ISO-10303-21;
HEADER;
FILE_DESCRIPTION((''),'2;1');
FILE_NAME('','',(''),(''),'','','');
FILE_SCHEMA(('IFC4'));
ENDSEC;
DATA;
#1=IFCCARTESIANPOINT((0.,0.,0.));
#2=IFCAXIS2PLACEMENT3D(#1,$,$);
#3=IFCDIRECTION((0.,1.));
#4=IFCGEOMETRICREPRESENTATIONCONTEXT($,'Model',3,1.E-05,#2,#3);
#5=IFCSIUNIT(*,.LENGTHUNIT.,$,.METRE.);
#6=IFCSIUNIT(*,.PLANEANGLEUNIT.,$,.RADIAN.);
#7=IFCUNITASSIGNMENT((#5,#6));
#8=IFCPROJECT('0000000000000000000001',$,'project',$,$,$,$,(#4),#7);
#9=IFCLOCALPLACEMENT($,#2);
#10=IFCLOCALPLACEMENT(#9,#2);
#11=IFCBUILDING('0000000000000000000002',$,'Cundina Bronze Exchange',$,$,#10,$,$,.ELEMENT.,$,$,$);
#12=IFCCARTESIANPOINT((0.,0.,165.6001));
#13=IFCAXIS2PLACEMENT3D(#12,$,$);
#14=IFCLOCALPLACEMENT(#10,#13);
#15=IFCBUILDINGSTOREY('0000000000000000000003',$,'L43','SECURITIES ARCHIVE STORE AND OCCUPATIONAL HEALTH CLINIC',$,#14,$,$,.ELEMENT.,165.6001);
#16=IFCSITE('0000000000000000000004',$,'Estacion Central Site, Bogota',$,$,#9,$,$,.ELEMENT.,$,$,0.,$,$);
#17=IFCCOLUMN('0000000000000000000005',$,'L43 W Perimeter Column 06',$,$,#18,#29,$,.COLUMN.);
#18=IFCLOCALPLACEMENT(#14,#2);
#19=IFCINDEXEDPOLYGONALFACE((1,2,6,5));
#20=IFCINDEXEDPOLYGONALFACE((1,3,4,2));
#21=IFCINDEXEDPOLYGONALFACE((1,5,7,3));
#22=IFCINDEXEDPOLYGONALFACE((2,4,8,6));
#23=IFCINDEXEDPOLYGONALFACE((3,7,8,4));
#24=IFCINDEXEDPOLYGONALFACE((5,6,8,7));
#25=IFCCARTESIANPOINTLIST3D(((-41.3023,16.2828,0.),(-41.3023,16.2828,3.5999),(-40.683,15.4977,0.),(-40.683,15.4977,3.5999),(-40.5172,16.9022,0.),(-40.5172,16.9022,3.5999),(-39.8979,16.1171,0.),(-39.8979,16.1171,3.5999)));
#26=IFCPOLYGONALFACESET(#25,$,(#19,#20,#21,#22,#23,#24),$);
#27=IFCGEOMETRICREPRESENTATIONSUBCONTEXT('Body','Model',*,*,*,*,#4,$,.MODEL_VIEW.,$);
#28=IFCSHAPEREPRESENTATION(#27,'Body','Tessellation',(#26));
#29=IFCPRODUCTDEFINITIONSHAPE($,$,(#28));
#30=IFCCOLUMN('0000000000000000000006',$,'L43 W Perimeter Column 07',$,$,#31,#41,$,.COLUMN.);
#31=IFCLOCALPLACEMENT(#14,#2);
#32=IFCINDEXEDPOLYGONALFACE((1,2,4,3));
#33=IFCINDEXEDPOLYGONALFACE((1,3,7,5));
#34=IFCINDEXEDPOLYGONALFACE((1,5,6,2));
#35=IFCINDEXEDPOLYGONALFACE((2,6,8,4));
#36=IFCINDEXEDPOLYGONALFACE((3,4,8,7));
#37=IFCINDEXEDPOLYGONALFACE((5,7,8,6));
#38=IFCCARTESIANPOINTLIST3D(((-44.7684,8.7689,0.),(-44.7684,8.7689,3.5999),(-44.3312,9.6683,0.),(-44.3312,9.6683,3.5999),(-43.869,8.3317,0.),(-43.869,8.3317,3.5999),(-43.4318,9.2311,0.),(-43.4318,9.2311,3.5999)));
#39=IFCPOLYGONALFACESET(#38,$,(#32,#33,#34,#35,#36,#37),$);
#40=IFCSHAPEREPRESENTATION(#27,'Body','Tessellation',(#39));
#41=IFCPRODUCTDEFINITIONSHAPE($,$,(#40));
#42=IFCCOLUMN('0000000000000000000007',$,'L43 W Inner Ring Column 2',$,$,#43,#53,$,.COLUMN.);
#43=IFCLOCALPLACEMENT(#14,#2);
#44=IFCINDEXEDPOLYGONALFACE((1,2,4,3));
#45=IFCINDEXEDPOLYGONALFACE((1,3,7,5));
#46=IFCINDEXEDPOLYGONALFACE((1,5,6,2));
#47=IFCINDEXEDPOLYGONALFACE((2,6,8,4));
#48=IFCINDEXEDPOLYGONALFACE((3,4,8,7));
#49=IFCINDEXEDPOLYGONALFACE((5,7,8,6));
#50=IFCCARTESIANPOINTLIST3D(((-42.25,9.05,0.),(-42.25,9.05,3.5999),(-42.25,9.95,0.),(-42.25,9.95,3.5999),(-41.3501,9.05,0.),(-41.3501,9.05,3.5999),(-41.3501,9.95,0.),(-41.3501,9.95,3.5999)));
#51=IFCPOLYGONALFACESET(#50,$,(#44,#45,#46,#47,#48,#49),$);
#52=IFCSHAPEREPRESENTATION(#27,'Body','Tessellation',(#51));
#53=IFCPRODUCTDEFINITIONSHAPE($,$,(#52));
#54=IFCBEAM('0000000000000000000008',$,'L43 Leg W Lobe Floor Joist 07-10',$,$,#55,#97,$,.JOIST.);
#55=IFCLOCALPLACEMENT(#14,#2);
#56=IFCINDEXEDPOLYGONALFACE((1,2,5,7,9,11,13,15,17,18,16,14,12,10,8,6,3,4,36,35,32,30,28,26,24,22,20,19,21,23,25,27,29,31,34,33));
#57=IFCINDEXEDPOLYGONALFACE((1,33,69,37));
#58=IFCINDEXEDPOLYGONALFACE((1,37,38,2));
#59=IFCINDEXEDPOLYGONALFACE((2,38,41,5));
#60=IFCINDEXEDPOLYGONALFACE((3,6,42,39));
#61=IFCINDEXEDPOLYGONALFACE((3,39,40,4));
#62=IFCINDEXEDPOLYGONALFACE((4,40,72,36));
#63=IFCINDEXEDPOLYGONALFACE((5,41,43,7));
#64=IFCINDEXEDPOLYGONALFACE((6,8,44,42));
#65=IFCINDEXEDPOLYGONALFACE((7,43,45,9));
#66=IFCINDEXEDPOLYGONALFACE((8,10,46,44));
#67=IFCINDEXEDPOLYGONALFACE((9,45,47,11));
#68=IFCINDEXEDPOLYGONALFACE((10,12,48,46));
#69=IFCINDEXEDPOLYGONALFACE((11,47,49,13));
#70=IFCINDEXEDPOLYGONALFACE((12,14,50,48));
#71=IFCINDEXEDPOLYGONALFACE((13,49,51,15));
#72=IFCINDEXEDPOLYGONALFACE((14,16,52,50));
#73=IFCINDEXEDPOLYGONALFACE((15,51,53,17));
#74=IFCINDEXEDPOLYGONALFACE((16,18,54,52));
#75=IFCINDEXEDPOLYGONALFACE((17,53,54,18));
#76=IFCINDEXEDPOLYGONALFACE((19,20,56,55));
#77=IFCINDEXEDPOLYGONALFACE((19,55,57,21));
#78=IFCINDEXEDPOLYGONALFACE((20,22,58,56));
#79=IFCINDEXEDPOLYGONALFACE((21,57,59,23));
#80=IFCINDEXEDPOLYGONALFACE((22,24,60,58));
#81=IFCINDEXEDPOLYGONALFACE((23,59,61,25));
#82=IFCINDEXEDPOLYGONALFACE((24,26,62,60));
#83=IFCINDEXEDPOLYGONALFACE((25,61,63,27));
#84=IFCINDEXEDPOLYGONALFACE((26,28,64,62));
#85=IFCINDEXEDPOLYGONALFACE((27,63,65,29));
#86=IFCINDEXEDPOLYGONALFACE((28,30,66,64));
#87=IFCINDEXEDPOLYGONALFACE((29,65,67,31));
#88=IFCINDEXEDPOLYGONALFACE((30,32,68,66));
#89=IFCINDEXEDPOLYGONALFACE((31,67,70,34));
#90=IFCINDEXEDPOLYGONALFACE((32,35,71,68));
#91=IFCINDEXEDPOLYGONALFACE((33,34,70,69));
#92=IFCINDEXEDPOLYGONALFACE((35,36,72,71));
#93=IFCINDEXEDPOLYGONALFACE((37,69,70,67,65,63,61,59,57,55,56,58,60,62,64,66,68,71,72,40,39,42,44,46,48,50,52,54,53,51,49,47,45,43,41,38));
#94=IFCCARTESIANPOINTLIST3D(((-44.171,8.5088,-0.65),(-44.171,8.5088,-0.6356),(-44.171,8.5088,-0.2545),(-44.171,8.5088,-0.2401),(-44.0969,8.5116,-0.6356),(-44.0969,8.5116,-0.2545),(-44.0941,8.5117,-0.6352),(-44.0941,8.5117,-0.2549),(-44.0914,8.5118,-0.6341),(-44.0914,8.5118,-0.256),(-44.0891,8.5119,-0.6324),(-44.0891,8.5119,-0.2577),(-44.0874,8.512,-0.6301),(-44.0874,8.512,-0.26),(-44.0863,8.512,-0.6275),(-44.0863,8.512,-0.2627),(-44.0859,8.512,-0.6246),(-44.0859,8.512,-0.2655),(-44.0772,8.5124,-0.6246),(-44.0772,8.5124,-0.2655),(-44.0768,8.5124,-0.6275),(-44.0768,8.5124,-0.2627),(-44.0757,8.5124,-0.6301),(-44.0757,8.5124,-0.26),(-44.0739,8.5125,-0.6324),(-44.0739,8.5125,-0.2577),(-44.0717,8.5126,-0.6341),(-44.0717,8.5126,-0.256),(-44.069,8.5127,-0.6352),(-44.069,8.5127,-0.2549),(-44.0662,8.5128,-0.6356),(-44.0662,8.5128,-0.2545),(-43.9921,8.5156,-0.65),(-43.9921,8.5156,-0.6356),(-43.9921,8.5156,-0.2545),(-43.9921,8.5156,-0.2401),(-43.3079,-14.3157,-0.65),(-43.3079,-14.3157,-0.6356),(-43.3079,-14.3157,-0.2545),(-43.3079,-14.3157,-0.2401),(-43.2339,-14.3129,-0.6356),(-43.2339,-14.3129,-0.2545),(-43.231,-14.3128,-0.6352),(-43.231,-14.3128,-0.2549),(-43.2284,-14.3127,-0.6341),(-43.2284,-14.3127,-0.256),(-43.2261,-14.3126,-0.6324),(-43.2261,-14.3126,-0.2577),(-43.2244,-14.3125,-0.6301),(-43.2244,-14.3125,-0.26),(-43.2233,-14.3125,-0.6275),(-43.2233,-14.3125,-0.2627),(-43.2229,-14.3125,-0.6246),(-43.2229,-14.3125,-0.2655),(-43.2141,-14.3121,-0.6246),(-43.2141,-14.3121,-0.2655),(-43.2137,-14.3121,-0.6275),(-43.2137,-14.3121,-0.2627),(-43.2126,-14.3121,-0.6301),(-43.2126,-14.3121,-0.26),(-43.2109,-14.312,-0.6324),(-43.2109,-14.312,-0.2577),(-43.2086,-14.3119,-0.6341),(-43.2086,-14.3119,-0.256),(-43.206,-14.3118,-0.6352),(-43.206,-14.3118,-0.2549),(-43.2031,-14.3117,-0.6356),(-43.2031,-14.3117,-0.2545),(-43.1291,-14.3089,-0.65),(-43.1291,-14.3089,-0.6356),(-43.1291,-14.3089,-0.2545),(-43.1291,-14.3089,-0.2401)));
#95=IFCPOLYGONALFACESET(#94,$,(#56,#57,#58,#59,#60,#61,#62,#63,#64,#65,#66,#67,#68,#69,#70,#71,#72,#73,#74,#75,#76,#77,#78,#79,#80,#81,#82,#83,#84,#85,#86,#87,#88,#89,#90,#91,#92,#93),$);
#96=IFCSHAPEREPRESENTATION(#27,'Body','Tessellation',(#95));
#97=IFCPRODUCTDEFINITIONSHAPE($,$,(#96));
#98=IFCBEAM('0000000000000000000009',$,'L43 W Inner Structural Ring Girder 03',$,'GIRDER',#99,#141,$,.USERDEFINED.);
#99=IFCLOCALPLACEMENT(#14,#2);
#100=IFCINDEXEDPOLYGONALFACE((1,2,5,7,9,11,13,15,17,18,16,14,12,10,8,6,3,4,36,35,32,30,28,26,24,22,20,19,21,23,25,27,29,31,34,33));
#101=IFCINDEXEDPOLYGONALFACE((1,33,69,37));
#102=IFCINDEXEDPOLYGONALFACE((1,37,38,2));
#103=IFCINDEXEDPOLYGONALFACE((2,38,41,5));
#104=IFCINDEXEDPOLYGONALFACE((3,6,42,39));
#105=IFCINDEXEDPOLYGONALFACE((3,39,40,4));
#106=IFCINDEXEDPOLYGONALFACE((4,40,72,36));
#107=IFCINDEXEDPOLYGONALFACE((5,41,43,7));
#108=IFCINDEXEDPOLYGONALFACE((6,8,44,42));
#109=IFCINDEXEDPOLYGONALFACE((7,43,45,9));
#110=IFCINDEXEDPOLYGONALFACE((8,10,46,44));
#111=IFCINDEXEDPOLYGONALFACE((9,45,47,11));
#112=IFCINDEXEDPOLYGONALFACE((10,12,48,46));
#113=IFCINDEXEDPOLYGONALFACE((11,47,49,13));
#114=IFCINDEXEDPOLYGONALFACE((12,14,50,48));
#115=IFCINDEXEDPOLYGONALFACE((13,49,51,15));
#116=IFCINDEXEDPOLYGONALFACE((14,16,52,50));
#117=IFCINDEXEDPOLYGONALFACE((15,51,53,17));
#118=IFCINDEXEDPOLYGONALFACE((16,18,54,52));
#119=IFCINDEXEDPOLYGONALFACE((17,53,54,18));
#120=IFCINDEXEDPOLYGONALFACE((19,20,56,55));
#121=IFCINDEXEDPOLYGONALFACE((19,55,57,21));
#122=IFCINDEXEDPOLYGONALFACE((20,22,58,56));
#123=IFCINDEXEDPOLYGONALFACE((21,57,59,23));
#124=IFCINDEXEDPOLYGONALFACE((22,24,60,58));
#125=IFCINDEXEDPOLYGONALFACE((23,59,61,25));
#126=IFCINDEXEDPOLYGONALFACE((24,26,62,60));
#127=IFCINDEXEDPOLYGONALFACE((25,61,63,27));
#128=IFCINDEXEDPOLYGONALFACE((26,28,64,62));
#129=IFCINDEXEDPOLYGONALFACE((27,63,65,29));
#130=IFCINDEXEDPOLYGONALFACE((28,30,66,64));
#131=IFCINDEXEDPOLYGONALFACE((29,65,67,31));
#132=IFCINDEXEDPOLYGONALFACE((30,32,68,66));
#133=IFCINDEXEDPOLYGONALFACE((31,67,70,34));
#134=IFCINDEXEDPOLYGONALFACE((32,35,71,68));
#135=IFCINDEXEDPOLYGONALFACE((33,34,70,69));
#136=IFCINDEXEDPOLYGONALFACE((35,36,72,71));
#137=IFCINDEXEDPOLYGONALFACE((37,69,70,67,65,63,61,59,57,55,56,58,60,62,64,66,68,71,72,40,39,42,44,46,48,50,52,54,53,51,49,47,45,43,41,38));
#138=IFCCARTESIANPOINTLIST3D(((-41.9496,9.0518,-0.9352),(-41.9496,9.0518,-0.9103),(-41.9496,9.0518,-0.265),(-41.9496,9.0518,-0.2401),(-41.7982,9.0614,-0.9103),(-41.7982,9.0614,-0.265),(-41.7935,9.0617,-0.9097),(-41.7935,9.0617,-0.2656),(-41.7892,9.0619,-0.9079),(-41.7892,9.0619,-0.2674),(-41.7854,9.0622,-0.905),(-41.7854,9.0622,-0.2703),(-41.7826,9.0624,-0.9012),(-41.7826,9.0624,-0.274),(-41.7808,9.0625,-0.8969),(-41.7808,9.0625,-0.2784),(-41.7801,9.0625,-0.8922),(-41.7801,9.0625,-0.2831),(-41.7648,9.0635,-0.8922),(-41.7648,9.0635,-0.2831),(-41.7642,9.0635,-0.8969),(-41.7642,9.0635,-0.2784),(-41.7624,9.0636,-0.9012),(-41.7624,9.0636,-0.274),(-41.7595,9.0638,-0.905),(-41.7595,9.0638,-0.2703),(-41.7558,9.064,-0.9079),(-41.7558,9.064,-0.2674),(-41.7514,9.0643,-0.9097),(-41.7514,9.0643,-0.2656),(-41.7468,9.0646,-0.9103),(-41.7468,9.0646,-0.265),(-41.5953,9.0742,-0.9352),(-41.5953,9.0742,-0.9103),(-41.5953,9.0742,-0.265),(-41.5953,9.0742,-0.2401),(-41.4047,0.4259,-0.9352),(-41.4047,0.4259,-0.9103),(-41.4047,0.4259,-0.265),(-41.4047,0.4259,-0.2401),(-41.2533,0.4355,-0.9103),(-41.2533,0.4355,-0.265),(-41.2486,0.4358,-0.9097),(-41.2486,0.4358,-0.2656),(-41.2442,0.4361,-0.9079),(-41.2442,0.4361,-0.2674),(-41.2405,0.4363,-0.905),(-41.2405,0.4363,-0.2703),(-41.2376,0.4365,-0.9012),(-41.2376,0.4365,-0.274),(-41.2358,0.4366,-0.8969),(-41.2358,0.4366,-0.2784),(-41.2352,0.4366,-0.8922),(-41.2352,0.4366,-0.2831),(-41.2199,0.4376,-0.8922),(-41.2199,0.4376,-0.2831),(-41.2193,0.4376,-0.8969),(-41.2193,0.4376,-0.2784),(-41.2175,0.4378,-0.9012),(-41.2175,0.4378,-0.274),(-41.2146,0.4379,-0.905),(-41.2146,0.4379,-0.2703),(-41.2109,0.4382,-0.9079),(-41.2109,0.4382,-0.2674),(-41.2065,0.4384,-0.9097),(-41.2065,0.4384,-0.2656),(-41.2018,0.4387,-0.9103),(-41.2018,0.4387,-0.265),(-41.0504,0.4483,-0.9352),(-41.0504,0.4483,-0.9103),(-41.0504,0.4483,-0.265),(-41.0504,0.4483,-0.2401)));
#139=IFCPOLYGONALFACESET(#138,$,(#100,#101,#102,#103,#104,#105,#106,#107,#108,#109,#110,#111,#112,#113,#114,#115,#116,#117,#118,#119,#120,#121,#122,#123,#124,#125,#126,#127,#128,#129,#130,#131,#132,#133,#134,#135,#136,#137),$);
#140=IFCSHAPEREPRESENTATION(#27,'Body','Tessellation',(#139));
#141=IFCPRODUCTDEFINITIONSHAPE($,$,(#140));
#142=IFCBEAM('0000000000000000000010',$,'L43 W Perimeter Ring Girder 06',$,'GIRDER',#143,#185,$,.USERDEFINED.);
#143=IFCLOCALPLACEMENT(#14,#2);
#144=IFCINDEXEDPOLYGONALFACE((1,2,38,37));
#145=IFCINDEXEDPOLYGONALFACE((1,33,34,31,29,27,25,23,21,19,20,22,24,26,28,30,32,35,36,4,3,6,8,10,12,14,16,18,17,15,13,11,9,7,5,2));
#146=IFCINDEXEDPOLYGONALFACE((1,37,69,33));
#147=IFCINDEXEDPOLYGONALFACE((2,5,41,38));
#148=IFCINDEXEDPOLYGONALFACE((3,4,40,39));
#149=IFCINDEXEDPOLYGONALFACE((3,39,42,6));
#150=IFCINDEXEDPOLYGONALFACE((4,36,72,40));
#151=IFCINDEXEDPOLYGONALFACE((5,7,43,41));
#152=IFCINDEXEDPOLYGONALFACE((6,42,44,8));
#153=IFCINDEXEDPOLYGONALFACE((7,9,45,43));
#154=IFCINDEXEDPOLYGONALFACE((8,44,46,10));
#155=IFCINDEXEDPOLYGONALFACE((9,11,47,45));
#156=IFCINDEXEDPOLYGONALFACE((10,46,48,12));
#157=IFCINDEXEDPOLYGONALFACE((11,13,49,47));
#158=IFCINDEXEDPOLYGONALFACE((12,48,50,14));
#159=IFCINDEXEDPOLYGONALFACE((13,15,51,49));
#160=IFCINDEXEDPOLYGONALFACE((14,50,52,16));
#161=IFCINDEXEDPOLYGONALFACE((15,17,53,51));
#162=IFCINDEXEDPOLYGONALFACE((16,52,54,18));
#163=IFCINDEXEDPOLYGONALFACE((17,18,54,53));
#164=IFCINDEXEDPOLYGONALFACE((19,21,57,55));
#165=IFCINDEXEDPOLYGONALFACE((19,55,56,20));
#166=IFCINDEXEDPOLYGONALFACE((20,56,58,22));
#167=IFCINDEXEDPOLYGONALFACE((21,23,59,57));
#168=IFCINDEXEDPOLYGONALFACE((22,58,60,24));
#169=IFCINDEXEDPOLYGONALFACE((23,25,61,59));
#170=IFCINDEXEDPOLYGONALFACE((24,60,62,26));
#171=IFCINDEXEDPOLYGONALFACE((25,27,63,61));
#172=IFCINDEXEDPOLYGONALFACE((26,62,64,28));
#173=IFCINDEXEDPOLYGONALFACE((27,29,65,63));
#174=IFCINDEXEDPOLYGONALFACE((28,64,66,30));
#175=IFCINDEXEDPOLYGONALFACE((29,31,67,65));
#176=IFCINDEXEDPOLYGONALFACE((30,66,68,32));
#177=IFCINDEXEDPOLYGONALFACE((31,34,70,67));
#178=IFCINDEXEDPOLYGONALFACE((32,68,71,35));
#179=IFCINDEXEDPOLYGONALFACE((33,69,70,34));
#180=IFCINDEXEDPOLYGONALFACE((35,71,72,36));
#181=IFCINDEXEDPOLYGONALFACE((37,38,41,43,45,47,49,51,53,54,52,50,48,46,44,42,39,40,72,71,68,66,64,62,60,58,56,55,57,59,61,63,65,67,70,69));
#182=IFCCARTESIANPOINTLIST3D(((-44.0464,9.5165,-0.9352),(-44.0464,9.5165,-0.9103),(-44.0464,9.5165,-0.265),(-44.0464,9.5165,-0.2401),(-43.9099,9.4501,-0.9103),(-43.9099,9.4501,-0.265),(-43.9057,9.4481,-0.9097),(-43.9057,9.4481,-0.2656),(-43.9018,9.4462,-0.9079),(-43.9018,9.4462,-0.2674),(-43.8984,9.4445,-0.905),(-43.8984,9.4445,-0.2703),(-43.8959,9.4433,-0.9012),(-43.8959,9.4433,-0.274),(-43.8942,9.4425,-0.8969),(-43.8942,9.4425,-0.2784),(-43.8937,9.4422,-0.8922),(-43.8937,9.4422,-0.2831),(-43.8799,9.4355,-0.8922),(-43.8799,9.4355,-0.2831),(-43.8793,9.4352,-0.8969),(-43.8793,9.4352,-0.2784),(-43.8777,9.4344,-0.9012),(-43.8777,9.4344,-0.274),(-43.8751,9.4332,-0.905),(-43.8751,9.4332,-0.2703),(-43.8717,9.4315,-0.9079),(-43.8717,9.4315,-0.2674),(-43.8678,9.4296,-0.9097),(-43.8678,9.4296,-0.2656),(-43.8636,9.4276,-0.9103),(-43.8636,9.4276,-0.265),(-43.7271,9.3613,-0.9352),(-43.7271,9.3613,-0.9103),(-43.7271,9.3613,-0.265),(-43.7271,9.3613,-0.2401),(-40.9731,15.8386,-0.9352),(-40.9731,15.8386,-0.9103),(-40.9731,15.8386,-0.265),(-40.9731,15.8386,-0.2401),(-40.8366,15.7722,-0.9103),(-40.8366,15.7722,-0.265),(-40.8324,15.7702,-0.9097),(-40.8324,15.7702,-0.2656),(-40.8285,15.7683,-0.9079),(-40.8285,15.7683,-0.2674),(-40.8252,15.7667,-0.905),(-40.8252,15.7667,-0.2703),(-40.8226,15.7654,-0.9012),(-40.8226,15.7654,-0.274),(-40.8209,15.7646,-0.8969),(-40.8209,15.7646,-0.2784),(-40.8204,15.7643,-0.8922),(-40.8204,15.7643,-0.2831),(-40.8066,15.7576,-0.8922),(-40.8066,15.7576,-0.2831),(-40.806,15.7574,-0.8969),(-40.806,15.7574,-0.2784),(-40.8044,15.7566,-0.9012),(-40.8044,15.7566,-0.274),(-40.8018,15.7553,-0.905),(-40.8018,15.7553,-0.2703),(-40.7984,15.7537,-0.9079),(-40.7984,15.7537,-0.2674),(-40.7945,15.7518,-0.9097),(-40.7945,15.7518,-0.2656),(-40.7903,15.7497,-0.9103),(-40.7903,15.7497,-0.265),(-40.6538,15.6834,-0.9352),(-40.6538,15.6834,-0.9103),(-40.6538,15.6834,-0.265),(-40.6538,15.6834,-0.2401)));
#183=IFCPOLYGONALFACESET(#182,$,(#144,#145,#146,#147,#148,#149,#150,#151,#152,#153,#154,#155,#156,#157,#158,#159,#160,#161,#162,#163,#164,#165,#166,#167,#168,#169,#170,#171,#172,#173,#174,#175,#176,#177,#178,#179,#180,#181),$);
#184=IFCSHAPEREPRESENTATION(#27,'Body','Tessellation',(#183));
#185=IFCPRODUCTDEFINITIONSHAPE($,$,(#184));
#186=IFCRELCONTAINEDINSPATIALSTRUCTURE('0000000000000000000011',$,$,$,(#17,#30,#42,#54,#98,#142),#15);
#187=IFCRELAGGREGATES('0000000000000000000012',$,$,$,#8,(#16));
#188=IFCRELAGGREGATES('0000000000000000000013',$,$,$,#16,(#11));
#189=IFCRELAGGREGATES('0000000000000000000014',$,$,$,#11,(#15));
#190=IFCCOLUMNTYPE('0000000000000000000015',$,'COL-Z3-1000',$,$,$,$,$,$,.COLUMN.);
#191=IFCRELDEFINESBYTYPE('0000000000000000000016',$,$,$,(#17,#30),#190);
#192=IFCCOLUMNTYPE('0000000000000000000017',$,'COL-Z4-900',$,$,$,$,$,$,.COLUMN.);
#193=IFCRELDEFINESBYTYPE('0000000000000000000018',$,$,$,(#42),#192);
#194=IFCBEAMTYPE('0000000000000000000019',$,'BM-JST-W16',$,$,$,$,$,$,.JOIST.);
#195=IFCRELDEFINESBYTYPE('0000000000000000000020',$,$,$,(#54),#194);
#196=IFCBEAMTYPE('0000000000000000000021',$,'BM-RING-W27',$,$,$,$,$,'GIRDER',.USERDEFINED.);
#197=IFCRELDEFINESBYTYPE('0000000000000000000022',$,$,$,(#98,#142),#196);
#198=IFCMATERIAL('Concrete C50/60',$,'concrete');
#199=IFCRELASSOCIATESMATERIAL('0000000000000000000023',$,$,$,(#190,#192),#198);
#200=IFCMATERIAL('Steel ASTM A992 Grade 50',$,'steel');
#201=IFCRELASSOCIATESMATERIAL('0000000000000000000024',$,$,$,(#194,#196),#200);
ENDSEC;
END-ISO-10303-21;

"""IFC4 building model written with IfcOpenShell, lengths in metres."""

from ifc_helpers import new_model, si_unit, direction, frame, origin, origin_2d, place, context, subcontext, project, spatial, rectangle, i_section, extrude, material, material_profile, profile_set, type_object, element, save


model = new_model("IFC4")

# Units and contexts
model_context = context("Model", 3, precision=1e-05, world=origin(), true_north=direction((0.0, 1.0)))
body_context = subcontext(model_context, "Body", "Model", "MODEL_VIEW")
ifc_project = project(units=[si_unit("LENGTHUNIT", "METRE"), si_unit("PLANEANGLEUNIT", "RADIAN")], contexts=[model_context])

# Site, building, storey
site_placement = place(None, origin())
site = spatial("IfcSite", under=ifc_project, at=site_placement, Name="Estacion Central Site, Bogota", CompositionType="ELEMENT", RefElevation=0.0)
building_placement = place(site_placement, origin())
building = spatial("IfcBuilding", under=site, at=building_placement, Name="Cundina Bronze Exchange", CompositionType="ELEMENT")
storey_placement = place(building_placement, frame((0.0, 0.0, 165.6001)))
storey = spatial("IfcBuildingStorey", under=building, at=storey_placement, Name="L43", Description="SECURITIES ARCHIVE STORE AND OCCUPATIONAL HEALTH CLINIC", CompositionType="ELEMENT", Elevation=165.6001)

# Columns
ifc_material_1 = material(Name="Concrete C50/60", Category="concrete")
ifc_material_profile_1 = material_profile(ifc_material_1, rectangle(XDim=1.0, YDim=1.0, at=origin_2d()), Name="RC1000X1000", Category="concrete")
ifc_profile_set_1 = profile_set([ifc_material_profile_1], Name="Concrete C50/60")
column_type_1 = type_object("IfcColumnType", Name="COL-Z3-1000", PredefinedType="COLUMN", material=ifc_profile_set_1)
for number, where, z_axis, x_axis, name in (
    (1, (-40.6001, 16.2, 0.0), (0.0, 0.0, 1.0), (-0.785101, -0.619368, 0.0), "L43 W Perimeter Column 06"),
    (2, (-44.1001, 9.0, 0.0), (0.0, 0.0, 1.0), (-0.437116, -0.899405, 0.0), "L43 W Perimeter Column 07"),
):
    element("IfcColumn", number, at=place(storey_placement, frame(where, z_axis=z_axis, x_axis=x_axis)), inside=storey, type_object=column_type_1, Name=name, PredefinedType="COLUMN", context=body_context, shape_type="SweptSolid", body=[
        extrude(rectangle(XDim=1.0, YDim=1.0, at=origin_2d()), origin(), (0.0, 0.0, 1.0), 3.5999),
    ])
ifc_material_profile_2 = material_profile(ifc_material_1, rectangle(XDim=0.8999, YDim=0.8999, at=origin_2d()), Name="RC900X900", Category="concrete")
ifc_profile_set_2 = profile_set([ifc_material_profile_2], Name="Concrete C50/60")
column_type_2 = type_object("IfcColumnType", Name="COL-Z4-900", PredefinedType="COLUMN", material=ifc_profile_set_2)
column_placement = place(storey_placement, frame((-41.8, 9.5, 0.0), z_axis=(0.0, 0.0, 1.0), x_axis=(1.0, 0.0, 0.0)))
element("IfcColumn", 3, at=column_placement, inside=storey, type_object=column_type_2, Name="L43 W Inner Ring Column 2", PredefinedType="COLUMN", context=body_context, shape_type="SweptSolid", body=[
    extrude(rectangle(XDim=0.8999, YDim=0.8999, at=origin_2d()), origin(), (0.0, 0.0, 1.0), 3.5999),
])

# Beams
ifc_material_2 = material(Name="Steel ASTM A992 Grade 50", Category="steel")
ifc_material_profile_3 = material_profile(ifc_material_2, i_section(OverallWidth=0.179, OverallDepth=0.4099, WebThickness=0.0088, FlangeThickness=0.0144, FilletRadius=0.011, at=origin_2d()), Name="W16X45", Category="steel")
ifc_profile_set_3 = profile_set([ifc_material_profile_3], Name="Steel ASTM A992 Grade 50")
beam_type_1 = type_object("IfcBeamType", Name="BM-JST-W16", PredefinedType="JOIST", material=ifc_profile_set_3)
beam_1_placement = place(storey_placement, frame((-44.0815, 8.5122, -0.4451), z_axis=(0.037785, -0.999286, 0.0), x_axis=(0.999286, 0.037785, 0.0)))
element("IfcBeam", 4, at=beam_1_placement, inside=storey, type_object=beam_type_1, Name="L43 Leg W Lobe Floor Joist 07-10", PredefinedType="JOIST", context=body_context, shape_type="SweptSolid", body=[
    extrude(i_section(OverallWidth=0.179, OverallDepth=0.4099, WebThickness=0.0088, FlangeThickness=0.0144, FilletRadius=0.011, at=origin_2d()), origin(), (0.0, 0.0, 1.0), 22.8408),
])
ifc_material_profile_4 = material_profile(ifc_material_2, i_section(OverallWidth=0.355, OverallDepth=0.6951, WebThickness=0.0154, FlangeThickness=0.0249, FilletRadius=0.0181, at=origin_2d()), Name="W27X146", Category="steel")
ifc_profile_set_4 = profile_set([ifc_material_profile_4], Name="Steel ASTM A992 Grade 50")
beam_type_2 = type_object("IfcBeamType", Name="BM-RING-W27", ElementType="GIRDER", PredefinedType="USERDEFINED", material=ifc_profile_set_4)
beam_2_placement = place(storey_placement, frame((-41.7725, 9.063, -0.5876), z_axis=(0.063047, -0.998011, 0.0), x_axis=(0.998011, 0.063047, 0.0)))
element("IfcBeam", 5, at=beam_2_placement, inside=storey, type_object=beam_type_2, Name="L43 W Inner Structural Ring Girder 03", ObjectType="GIRDER", PredefinedType="USERDEFINED", context=body_context, shape_type="SweptSolid", body=[
    extrude(i_section(OverallWidth=0.355, OverallDepth=0.6951, WebThickness=0.0154, FlangeThickness=0.0249, FilletRadius=0.0181, at=origin_2d()), origin(), (0.0, 0.0, 1.0), 8.6431),
])
for number, where, z_axis, x_axis, name in (
    (6, (-40.8135, 15.761, -0.5876), (-0.437197, -0.899366, 0.0), (0.899366, -0.437197, 0.0), "L43 W Perimeter Ring Girder 06"),
):
    element("IfcBeam", number, at=place(storey_placement, frame(where, z_axis=z_axis, x_axis=x_axis)), inside=storey, type_object=beam_type_2, Name=name, ObjectType="GIRDER", PredefinedType="USERDEFINED", context=body_context, shape_type="SweptSolid", body=[
        extrude(i_section(OverallWidth=0.355, OverallDepth=0.6951, WebThickness=0.0154, FlangeThickness=0.0249, FilletRadius=0.0181, at=origin_2d()), origin(), (0.0, 0.0, 1.0), 7.0295),
    ])

save(model, "model.ifc")
